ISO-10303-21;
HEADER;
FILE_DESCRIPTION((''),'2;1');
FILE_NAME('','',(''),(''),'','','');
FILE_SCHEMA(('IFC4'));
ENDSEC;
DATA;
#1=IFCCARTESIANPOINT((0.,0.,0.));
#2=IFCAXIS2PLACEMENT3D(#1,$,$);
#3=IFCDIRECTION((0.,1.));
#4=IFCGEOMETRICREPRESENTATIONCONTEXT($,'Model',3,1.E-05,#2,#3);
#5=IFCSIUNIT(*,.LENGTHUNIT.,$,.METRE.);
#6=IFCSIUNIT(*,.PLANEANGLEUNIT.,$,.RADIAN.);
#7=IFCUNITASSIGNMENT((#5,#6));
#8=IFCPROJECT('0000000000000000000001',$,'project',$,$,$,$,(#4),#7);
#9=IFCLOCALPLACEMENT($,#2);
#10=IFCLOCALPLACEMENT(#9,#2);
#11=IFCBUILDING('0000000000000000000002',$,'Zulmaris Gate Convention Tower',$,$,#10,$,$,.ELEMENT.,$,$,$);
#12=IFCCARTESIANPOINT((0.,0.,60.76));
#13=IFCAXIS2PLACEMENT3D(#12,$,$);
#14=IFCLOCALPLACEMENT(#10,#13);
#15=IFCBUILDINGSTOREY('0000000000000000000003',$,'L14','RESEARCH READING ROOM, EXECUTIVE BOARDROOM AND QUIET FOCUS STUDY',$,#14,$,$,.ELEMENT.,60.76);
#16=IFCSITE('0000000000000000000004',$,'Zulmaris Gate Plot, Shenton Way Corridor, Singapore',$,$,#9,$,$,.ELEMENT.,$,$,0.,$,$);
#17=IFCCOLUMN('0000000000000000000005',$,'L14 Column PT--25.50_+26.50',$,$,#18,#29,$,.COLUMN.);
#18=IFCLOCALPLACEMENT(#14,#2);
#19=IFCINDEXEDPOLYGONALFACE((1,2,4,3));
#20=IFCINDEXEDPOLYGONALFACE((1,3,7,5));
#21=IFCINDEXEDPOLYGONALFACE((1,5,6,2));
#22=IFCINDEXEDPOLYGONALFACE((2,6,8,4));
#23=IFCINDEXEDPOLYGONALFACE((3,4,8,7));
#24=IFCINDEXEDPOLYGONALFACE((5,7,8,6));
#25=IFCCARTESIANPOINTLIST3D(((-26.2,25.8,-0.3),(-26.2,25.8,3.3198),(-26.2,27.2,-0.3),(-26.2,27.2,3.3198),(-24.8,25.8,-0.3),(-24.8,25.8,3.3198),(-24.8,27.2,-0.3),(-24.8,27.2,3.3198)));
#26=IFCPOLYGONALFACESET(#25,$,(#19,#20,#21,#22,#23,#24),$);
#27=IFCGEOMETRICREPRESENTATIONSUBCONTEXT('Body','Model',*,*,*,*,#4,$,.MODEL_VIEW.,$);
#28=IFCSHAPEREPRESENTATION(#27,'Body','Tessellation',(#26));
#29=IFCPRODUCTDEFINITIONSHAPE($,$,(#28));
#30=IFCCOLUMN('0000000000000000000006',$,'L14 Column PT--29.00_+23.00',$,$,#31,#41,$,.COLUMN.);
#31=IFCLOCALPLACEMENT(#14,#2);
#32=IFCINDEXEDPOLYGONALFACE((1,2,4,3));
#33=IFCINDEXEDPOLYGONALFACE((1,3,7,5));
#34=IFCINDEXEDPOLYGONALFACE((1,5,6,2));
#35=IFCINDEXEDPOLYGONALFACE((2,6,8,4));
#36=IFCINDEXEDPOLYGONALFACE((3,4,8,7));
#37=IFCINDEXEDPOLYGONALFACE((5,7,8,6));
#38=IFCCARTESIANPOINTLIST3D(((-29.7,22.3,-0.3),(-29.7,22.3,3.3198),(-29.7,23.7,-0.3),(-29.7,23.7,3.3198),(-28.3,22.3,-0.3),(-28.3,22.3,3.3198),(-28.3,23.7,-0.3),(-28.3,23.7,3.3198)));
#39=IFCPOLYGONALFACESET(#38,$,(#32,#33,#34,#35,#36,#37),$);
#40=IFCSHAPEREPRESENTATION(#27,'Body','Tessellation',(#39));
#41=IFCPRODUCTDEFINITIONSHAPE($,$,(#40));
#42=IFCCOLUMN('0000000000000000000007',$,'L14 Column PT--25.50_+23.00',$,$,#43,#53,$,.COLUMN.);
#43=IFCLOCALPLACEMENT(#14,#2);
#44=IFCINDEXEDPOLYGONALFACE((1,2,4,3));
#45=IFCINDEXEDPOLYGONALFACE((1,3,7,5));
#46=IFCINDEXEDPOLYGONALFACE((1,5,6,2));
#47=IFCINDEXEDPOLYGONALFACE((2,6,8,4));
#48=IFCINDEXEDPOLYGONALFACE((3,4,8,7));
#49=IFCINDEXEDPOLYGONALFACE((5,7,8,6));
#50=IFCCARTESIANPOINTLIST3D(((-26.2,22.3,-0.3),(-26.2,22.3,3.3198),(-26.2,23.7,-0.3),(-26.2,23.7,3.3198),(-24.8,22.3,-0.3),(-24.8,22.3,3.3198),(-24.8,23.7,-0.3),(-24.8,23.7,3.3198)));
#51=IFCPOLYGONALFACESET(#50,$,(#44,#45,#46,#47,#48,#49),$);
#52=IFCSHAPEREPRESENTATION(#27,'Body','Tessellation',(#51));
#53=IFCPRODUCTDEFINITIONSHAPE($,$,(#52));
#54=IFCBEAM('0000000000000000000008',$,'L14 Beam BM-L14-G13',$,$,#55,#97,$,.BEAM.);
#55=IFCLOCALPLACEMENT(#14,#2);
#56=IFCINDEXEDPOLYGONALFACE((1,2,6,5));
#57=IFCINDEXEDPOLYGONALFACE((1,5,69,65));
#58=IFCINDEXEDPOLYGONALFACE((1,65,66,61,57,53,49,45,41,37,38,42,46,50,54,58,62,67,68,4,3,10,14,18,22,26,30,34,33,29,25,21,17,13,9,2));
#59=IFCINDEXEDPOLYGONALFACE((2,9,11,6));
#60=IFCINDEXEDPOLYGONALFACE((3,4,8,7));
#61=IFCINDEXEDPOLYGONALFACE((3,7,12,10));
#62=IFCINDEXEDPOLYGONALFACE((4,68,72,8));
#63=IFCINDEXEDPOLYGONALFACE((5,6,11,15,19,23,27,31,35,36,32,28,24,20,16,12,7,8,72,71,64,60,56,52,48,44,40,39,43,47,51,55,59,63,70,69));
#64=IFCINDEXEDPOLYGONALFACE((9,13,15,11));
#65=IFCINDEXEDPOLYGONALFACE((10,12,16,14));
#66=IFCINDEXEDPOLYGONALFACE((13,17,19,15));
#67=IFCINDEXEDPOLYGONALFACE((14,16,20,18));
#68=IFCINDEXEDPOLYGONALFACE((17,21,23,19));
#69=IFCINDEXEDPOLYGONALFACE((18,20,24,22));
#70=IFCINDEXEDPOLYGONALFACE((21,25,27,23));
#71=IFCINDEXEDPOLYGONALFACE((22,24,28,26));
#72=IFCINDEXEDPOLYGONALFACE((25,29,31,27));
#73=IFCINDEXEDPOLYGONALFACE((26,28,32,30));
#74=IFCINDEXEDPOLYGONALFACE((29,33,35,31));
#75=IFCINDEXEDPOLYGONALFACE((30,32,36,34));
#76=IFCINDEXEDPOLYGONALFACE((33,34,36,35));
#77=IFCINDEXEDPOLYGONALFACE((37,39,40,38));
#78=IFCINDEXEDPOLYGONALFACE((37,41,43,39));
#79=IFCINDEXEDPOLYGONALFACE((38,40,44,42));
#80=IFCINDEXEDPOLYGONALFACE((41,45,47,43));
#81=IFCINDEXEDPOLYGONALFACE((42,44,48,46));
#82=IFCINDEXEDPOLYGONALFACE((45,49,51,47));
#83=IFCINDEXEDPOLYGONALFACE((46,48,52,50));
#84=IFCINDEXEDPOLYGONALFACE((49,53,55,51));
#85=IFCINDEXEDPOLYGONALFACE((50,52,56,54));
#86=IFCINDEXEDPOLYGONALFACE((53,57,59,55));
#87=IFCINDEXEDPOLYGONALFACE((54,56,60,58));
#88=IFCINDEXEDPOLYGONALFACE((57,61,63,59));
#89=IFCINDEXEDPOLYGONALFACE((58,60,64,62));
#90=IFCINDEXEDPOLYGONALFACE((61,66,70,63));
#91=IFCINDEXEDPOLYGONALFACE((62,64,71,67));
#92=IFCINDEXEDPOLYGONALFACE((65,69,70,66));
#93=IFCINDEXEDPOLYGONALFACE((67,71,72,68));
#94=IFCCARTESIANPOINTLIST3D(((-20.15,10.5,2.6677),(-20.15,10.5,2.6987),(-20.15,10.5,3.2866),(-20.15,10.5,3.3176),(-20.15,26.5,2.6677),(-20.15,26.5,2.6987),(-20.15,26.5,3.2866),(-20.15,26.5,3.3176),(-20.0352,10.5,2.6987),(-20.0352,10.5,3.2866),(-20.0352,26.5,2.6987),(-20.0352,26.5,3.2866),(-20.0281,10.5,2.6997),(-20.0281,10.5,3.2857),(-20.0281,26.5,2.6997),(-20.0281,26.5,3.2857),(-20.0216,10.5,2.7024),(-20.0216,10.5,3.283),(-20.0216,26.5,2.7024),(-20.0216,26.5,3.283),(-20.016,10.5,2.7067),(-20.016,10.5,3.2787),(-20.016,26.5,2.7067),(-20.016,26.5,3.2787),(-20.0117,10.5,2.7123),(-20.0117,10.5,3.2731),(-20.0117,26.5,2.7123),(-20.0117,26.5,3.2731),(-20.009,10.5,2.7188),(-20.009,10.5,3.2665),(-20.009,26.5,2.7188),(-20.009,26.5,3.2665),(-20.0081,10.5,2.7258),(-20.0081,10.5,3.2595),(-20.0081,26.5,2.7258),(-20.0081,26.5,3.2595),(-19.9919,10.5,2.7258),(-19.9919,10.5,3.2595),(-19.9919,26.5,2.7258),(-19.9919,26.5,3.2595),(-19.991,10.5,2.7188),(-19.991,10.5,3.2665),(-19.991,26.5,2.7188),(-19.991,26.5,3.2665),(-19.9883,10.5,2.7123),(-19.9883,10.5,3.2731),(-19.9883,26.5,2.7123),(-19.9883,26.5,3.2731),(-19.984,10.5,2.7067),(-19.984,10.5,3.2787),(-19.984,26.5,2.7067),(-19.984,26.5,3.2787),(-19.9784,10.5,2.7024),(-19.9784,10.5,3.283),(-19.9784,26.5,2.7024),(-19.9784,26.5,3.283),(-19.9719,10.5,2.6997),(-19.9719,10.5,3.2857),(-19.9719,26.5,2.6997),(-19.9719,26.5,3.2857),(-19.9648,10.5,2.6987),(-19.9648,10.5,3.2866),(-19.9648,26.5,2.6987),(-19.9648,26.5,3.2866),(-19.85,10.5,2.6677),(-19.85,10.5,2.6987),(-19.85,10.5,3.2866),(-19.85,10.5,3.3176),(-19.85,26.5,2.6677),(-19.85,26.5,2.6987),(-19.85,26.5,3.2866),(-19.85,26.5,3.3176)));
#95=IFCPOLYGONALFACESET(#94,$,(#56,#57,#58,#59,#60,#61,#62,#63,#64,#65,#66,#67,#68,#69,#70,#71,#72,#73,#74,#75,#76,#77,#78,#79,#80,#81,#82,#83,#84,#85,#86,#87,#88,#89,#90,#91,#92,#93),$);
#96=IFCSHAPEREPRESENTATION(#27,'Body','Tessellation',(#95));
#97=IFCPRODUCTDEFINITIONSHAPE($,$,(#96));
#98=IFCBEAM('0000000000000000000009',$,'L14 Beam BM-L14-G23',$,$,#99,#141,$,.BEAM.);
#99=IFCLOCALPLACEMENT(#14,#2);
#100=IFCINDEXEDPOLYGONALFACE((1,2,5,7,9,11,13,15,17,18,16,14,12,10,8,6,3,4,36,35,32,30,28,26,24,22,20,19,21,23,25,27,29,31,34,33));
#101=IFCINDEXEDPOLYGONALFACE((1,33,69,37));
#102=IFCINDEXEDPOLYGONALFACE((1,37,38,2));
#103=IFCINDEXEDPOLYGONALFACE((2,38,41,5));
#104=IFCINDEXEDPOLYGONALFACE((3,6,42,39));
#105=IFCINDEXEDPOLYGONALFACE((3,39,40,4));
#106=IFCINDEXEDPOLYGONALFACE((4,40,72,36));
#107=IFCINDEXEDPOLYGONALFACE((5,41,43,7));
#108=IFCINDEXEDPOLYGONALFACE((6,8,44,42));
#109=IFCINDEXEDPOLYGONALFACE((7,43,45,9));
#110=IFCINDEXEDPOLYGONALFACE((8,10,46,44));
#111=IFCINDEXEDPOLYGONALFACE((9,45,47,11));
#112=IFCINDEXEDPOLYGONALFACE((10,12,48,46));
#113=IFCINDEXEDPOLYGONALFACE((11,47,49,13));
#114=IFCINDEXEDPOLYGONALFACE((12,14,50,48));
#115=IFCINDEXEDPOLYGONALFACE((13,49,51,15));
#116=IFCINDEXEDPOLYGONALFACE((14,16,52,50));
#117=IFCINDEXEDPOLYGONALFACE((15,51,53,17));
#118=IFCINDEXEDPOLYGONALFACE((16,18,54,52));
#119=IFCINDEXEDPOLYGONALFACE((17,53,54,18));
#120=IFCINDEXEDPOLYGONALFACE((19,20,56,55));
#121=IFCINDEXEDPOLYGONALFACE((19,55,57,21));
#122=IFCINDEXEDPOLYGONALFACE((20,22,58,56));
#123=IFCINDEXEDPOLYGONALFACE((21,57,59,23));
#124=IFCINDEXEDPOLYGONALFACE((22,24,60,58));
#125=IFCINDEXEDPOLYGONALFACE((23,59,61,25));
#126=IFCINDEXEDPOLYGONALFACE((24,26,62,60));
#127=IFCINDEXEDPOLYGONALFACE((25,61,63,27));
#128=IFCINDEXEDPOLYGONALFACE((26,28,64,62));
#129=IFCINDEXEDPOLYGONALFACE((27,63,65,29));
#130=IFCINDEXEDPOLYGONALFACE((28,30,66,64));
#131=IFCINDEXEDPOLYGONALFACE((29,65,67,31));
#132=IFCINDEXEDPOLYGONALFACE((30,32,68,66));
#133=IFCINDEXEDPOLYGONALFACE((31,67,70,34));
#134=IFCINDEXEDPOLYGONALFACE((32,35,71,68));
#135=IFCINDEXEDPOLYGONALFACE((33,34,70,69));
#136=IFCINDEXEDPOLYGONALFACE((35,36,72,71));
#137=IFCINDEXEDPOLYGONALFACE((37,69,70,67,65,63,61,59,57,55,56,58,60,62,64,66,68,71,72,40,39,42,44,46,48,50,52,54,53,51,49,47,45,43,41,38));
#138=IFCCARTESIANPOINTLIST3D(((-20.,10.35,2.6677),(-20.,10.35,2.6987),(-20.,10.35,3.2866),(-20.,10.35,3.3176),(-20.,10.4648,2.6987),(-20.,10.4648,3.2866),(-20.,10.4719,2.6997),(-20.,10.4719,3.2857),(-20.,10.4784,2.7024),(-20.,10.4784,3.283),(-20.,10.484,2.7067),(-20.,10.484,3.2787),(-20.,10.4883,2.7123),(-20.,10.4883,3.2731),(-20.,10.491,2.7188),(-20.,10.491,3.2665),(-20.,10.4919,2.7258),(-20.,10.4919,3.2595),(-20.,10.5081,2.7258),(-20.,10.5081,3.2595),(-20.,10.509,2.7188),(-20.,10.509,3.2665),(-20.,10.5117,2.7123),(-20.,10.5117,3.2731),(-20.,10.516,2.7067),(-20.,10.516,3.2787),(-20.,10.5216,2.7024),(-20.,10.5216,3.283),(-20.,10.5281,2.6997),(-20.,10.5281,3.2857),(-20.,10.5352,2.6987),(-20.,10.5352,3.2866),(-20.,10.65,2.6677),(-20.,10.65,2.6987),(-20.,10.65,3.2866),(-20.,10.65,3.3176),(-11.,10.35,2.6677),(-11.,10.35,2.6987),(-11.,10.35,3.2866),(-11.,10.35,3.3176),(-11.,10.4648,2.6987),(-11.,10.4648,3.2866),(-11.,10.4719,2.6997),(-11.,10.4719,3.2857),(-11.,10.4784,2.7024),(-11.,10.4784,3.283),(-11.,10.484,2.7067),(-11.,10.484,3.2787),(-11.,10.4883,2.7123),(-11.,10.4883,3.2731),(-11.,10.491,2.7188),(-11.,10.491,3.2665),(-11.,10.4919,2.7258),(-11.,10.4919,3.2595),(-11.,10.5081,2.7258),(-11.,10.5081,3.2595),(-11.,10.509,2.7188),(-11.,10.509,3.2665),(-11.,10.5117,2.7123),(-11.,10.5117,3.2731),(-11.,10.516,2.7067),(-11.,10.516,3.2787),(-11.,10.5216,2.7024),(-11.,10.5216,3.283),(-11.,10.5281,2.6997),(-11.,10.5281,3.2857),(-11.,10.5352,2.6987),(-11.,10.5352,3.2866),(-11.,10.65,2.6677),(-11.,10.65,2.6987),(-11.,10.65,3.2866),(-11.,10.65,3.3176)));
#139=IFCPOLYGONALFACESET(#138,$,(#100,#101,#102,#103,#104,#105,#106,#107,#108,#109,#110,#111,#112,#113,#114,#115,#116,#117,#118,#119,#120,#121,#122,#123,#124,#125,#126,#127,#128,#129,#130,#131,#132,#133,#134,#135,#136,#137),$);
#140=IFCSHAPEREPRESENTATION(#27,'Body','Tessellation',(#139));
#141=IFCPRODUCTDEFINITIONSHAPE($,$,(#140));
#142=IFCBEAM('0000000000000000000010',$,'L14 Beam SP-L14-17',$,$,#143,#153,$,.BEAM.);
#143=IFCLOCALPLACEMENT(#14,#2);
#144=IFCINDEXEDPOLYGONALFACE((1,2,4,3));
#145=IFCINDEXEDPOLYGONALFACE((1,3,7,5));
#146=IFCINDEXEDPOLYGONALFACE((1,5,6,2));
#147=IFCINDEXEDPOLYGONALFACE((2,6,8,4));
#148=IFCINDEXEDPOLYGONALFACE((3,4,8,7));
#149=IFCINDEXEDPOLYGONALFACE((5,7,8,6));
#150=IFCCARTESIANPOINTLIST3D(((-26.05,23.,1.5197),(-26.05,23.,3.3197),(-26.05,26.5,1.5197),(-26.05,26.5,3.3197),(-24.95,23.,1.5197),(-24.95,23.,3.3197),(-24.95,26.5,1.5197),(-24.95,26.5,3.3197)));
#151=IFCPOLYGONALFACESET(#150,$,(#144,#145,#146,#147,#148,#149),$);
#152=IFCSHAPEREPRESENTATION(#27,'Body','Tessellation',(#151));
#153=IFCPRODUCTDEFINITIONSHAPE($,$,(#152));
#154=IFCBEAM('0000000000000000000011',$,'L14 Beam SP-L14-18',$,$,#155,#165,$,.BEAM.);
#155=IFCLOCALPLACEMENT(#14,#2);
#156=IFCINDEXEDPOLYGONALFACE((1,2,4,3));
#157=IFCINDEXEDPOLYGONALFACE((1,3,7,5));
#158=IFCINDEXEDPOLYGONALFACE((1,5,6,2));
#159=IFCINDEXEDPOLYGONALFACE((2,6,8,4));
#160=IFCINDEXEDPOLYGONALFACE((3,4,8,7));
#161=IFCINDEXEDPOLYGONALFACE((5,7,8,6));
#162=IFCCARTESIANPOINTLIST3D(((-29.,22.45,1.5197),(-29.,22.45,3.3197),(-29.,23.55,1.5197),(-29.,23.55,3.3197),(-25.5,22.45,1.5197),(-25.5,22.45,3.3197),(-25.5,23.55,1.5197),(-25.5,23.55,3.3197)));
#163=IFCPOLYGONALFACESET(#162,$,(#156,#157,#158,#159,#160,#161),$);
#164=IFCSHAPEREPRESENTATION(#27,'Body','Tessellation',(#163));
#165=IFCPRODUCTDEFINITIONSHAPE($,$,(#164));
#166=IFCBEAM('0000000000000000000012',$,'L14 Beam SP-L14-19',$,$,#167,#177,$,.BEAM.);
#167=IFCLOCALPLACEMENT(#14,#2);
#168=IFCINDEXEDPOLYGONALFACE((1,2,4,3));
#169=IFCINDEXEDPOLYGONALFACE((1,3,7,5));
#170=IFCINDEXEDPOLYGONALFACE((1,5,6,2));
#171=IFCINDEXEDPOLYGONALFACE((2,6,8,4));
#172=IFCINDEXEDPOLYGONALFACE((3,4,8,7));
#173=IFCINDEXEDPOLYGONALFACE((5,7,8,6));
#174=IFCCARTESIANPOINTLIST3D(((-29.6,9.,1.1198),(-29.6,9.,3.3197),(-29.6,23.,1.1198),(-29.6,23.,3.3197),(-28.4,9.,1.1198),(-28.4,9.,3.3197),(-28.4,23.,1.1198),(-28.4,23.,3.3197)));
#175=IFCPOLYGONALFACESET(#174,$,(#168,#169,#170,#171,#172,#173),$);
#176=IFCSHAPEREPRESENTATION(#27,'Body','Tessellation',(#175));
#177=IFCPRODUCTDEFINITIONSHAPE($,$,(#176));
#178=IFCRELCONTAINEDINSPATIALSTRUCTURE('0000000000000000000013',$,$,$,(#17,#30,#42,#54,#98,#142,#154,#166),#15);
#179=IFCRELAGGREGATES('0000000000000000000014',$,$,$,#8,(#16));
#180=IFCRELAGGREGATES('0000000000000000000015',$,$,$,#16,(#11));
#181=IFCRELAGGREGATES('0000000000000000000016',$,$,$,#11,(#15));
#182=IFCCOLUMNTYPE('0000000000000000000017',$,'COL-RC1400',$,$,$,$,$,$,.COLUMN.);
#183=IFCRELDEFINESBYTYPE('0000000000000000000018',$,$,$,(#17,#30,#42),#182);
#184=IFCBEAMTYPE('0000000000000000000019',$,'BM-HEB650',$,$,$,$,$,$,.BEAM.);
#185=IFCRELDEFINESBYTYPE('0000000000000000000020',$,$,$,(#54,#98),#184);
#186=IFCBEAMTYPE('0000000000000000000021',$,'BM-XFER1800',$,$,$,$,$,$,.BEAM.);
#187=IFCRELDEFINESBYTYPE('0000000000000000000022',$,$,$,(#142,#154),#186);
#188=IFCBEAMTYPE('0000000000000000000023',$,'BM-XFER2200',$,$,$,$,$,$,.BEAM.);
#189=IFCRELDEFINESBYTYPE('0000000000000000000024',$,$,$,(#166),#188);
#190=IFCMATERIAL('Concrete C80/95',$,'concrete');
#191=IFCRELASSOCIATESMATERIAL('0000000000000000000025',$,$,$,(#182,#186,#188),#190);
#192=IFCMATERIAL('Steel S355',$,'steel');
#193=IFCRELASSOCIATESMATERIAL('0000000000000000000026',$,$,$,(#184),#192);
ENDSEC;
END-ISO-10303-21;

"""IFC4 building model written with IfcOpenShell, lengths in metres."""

from ifc_helpers import new_model, si_unit, direction, frame, origin, origin_2d, place, context, subcontext, project, spatial, rectangle, i_section, extrude, material, material_profile, profile_set, type_object, element, save


model = new_model("IFC4")

# Units and contexts
model_context = context("Model", 3, precision=1e-05, world=origin(), true_north=direction((0.0, 1.0)))
body_context = subcontext(model_context, "Body", "Model", "MODEL_VIEW")
ifc_project = project(units=[si_unit("LENGTHUNIT", "METRE"), si_unit("PLANEANGLEUNIT", "RADIAN")], contexts=[model_context])

# Site, building, storey
site_placement = place(None, origin())
site = spatial("IfcSite", under=ifc_project, at=site_placement, Name="Zulmaris Gate Plot, Shenton Way Corridor, Singapore", CompositionType="ELEMENT", RefElevation=0.0)
building_placement = place(site_placement, origin())
building = spatial("IfcBuilding", under=site, at=building_placement, Name="Zulmaris Gate Convention Tower", CompositionType="ELEMENT")
storey_placement = place(building_placement, frame((0.0, 0.0, 60.76)))
storey = spatial("IfcBuildingStorey", under=building, at=storey_placement, Name="L14", Description="RESEARCH READING ROOM, EXECUTIVE BOARDROOM AND QUIET FOCUS STUDY", CompositionType="ELEMENT", Elevation=60.76)

# Columns
ifc_material_1 = material(Name="Concrete C80/95", Category="concrete")
ifc_material_profile_1 = material_profile(ifc_material_1, rectangle(XDim=1.3999, YDim=1.3999, at=origin_2d()), Name="RC COL 1400x1400")
ifc_profile_set_1 = profile_set([ifc_material_profile_1], Name="Concrete C80/95")
column_type = type_object("IfcColumnType", Name="COL-RC1400", PredefinedType="COLUMN", material=ifc_profile_set_1)
for number, where, z_axis, x_axis, name in (
    (1, (-25.5, 26.5, -0.3), (0.0, 0.0, 1.0), (1.0, 0.0, 0.0), "L14 Column PT--25.50_+26.50"),
    (2, (-29.0, 23.0, -0.3), (0.0, 0.0, 1.0), (1.0, 0.0, 0.0), "L14 Column PT--29.00_+23.00"),
    (3, (-25.5, 23.0, -0.3), (0.0, 0.0, 1.0), (1.0, 0.0, 0.0), "L14 Column PT--25.50_+23.00"),
):
    element("IfcColumn", number, at=place(storey_placement, frame(where, z_axis=z_axis, x_axis=x_axis)), inside=storey, type_object=column_type, Name=name, PredefinedType="COLUMN", context=body_context, shape_type="SweptSolid", body=[
        extrude(rectangle(XDim=1.3999, YDim=1.3999, at=origin_2d()), origin(), (0.0, 0.0, 1.0), 3.6199),
    ])

# Beams
ifc_material_2 = material(Name="Steel S355", Category="steel")
ifc_material_profile_2 = material_profile(ifc_material_2, i_section(OverallWidth=0.3, OverallDepth=0.6499, WebThickness=0.0161, FlangeThickness=0.031, FilletRadius=0.0271, at=origin_2d()), Name="HEB 650")
ifc_profile_set_2 = profile_set([ifc_material_profile_2], Name="Steel S355")
beam_type_1 = type_object("IfcBeamType", Name="BM-HEB650", PredefinedType="BEAM", material=ifc_profile_set_2)
beam_1_placement = place(storey_placement, frame((-20.0, 10.5, 2.9927), z_axis=(0.0, 1.0, 0.0), x_axis=(-1.0, 0.0, 0.0)))
element("IfcBeam", 4, at=beam_1_placement, inside=storey, type_object=beam_type_1, Name="L14 Beam BM-L14-G13", PredefinedType="BEAM", context=body_context, shape_type="SweptSolid", body=[
    extrude(i_section(OverallWidth=0.3, OverallDepth=0.6499, WebThickness=0.0161, FlangeThickness=0.031, FilletRadius=0.0271, at=origin_2d()), origin(), (0.0, 0.0, 1.0), 16.0),
])
beam_2_placement = place(storey_placement, frame((-20.0, 10.5, 2.9927), z_axis=(1.0, 0.0, 0.0), x_axis=(0.0, 1.0, 0.0)))
element("IfcBeam", 5, at=beam_2_placement, inside=storey, type_object=beam_type_1, Name="L14 Beam BM-L14-G23", PredefinedType="BEAM", context=body_context, shape_type="SweptSolid", body=[
    extrude(i_section(OverallWidth=0.3, OverallDepth=0.6499, WebThickness=0.0161, FlangeThickness=0.031, FilletRadius=0.0271, at=origin_2d()), origin(), (0.0, 0.0, 1.0), 9.0),
])
ifc_material_profile_3 = material_profile(ifc_material_1, rectangle(XDim=1.1001, YDim=1.8, at=origin_2d()), Name="RC TRANSFER 1100x1800")
ifc_profile_set_3 = profile_set([ifc_material_profile_3], Name="Concrete C80/95")
beam_type_2 = type_object("IfcBeamType", Name="BM-XFER1800", PredefinedType="BEAM", material=ifc_profile_set_3)
for number, where, z_axis, x_axis, name in (
    (6, (-25.5, 26.5, 2.4197), (0.0, -1.0, 0.0), (1.0, 0.0, 0.0), "L14 Beam SP-L14-17"),
    (7, (-25.5, 23.0, 2.4197), (-1.0, 0.0, 0.0), (0.0, -1.0, 0.0), "L14 Beam SP-L14-18"),
):
    element("IfcBeam", number, at=place(storey_placement, frame(where, z_axis=z_axis, x_axis=x_axis)), inside=storey, type_object=beam_type_2, Name=name, PredefinedType="BEAM", context=body_context, shape_type="SweptSolid", body=[
        extrude(rectangle(XDim=1.1001, YDim=1.8, at=origin_2d()), origin(), (0.0, 0.0, 1.0), 3.5),
    ])
ifc_material_profile_4 = material_profile(ifc_material_1, rectangle(XDim=1.2, YDim=2.2, at=origin_2d()), Name="RC TRANSFER 1200x2200")
ifc_profile_set_4 = profile_set([ifc_material_profile_4], Name="Concrete C80/95")
beam_type_3 = type_object("IfcBeamType", Name="BM-XFER2200", PredefinedType="BEAM", material=ifc_profile_set_4)
beam_3_placement = place(storey_placement, frame((-29.0, 23.0, 2.2197), z_axis=(0.0, -1.0, 0.0), x_axis=(1.0, 0.0, 0.0)))
element("IfcBeam", 8, at=beam_3_placement, inside=storey, type_object=beam_type_3, Name="L14 Beam SP-L14-19", PredefinedType="BEAM", context=body_context, shape_type="SweptSolid", body=[
    extrude(rectangle(XDim=1.2, YDim=2.2, at=origin_2d()), origin(), (0.0, 0.0, 1.0), 14.0),
])

save(model, "model.ifc")
